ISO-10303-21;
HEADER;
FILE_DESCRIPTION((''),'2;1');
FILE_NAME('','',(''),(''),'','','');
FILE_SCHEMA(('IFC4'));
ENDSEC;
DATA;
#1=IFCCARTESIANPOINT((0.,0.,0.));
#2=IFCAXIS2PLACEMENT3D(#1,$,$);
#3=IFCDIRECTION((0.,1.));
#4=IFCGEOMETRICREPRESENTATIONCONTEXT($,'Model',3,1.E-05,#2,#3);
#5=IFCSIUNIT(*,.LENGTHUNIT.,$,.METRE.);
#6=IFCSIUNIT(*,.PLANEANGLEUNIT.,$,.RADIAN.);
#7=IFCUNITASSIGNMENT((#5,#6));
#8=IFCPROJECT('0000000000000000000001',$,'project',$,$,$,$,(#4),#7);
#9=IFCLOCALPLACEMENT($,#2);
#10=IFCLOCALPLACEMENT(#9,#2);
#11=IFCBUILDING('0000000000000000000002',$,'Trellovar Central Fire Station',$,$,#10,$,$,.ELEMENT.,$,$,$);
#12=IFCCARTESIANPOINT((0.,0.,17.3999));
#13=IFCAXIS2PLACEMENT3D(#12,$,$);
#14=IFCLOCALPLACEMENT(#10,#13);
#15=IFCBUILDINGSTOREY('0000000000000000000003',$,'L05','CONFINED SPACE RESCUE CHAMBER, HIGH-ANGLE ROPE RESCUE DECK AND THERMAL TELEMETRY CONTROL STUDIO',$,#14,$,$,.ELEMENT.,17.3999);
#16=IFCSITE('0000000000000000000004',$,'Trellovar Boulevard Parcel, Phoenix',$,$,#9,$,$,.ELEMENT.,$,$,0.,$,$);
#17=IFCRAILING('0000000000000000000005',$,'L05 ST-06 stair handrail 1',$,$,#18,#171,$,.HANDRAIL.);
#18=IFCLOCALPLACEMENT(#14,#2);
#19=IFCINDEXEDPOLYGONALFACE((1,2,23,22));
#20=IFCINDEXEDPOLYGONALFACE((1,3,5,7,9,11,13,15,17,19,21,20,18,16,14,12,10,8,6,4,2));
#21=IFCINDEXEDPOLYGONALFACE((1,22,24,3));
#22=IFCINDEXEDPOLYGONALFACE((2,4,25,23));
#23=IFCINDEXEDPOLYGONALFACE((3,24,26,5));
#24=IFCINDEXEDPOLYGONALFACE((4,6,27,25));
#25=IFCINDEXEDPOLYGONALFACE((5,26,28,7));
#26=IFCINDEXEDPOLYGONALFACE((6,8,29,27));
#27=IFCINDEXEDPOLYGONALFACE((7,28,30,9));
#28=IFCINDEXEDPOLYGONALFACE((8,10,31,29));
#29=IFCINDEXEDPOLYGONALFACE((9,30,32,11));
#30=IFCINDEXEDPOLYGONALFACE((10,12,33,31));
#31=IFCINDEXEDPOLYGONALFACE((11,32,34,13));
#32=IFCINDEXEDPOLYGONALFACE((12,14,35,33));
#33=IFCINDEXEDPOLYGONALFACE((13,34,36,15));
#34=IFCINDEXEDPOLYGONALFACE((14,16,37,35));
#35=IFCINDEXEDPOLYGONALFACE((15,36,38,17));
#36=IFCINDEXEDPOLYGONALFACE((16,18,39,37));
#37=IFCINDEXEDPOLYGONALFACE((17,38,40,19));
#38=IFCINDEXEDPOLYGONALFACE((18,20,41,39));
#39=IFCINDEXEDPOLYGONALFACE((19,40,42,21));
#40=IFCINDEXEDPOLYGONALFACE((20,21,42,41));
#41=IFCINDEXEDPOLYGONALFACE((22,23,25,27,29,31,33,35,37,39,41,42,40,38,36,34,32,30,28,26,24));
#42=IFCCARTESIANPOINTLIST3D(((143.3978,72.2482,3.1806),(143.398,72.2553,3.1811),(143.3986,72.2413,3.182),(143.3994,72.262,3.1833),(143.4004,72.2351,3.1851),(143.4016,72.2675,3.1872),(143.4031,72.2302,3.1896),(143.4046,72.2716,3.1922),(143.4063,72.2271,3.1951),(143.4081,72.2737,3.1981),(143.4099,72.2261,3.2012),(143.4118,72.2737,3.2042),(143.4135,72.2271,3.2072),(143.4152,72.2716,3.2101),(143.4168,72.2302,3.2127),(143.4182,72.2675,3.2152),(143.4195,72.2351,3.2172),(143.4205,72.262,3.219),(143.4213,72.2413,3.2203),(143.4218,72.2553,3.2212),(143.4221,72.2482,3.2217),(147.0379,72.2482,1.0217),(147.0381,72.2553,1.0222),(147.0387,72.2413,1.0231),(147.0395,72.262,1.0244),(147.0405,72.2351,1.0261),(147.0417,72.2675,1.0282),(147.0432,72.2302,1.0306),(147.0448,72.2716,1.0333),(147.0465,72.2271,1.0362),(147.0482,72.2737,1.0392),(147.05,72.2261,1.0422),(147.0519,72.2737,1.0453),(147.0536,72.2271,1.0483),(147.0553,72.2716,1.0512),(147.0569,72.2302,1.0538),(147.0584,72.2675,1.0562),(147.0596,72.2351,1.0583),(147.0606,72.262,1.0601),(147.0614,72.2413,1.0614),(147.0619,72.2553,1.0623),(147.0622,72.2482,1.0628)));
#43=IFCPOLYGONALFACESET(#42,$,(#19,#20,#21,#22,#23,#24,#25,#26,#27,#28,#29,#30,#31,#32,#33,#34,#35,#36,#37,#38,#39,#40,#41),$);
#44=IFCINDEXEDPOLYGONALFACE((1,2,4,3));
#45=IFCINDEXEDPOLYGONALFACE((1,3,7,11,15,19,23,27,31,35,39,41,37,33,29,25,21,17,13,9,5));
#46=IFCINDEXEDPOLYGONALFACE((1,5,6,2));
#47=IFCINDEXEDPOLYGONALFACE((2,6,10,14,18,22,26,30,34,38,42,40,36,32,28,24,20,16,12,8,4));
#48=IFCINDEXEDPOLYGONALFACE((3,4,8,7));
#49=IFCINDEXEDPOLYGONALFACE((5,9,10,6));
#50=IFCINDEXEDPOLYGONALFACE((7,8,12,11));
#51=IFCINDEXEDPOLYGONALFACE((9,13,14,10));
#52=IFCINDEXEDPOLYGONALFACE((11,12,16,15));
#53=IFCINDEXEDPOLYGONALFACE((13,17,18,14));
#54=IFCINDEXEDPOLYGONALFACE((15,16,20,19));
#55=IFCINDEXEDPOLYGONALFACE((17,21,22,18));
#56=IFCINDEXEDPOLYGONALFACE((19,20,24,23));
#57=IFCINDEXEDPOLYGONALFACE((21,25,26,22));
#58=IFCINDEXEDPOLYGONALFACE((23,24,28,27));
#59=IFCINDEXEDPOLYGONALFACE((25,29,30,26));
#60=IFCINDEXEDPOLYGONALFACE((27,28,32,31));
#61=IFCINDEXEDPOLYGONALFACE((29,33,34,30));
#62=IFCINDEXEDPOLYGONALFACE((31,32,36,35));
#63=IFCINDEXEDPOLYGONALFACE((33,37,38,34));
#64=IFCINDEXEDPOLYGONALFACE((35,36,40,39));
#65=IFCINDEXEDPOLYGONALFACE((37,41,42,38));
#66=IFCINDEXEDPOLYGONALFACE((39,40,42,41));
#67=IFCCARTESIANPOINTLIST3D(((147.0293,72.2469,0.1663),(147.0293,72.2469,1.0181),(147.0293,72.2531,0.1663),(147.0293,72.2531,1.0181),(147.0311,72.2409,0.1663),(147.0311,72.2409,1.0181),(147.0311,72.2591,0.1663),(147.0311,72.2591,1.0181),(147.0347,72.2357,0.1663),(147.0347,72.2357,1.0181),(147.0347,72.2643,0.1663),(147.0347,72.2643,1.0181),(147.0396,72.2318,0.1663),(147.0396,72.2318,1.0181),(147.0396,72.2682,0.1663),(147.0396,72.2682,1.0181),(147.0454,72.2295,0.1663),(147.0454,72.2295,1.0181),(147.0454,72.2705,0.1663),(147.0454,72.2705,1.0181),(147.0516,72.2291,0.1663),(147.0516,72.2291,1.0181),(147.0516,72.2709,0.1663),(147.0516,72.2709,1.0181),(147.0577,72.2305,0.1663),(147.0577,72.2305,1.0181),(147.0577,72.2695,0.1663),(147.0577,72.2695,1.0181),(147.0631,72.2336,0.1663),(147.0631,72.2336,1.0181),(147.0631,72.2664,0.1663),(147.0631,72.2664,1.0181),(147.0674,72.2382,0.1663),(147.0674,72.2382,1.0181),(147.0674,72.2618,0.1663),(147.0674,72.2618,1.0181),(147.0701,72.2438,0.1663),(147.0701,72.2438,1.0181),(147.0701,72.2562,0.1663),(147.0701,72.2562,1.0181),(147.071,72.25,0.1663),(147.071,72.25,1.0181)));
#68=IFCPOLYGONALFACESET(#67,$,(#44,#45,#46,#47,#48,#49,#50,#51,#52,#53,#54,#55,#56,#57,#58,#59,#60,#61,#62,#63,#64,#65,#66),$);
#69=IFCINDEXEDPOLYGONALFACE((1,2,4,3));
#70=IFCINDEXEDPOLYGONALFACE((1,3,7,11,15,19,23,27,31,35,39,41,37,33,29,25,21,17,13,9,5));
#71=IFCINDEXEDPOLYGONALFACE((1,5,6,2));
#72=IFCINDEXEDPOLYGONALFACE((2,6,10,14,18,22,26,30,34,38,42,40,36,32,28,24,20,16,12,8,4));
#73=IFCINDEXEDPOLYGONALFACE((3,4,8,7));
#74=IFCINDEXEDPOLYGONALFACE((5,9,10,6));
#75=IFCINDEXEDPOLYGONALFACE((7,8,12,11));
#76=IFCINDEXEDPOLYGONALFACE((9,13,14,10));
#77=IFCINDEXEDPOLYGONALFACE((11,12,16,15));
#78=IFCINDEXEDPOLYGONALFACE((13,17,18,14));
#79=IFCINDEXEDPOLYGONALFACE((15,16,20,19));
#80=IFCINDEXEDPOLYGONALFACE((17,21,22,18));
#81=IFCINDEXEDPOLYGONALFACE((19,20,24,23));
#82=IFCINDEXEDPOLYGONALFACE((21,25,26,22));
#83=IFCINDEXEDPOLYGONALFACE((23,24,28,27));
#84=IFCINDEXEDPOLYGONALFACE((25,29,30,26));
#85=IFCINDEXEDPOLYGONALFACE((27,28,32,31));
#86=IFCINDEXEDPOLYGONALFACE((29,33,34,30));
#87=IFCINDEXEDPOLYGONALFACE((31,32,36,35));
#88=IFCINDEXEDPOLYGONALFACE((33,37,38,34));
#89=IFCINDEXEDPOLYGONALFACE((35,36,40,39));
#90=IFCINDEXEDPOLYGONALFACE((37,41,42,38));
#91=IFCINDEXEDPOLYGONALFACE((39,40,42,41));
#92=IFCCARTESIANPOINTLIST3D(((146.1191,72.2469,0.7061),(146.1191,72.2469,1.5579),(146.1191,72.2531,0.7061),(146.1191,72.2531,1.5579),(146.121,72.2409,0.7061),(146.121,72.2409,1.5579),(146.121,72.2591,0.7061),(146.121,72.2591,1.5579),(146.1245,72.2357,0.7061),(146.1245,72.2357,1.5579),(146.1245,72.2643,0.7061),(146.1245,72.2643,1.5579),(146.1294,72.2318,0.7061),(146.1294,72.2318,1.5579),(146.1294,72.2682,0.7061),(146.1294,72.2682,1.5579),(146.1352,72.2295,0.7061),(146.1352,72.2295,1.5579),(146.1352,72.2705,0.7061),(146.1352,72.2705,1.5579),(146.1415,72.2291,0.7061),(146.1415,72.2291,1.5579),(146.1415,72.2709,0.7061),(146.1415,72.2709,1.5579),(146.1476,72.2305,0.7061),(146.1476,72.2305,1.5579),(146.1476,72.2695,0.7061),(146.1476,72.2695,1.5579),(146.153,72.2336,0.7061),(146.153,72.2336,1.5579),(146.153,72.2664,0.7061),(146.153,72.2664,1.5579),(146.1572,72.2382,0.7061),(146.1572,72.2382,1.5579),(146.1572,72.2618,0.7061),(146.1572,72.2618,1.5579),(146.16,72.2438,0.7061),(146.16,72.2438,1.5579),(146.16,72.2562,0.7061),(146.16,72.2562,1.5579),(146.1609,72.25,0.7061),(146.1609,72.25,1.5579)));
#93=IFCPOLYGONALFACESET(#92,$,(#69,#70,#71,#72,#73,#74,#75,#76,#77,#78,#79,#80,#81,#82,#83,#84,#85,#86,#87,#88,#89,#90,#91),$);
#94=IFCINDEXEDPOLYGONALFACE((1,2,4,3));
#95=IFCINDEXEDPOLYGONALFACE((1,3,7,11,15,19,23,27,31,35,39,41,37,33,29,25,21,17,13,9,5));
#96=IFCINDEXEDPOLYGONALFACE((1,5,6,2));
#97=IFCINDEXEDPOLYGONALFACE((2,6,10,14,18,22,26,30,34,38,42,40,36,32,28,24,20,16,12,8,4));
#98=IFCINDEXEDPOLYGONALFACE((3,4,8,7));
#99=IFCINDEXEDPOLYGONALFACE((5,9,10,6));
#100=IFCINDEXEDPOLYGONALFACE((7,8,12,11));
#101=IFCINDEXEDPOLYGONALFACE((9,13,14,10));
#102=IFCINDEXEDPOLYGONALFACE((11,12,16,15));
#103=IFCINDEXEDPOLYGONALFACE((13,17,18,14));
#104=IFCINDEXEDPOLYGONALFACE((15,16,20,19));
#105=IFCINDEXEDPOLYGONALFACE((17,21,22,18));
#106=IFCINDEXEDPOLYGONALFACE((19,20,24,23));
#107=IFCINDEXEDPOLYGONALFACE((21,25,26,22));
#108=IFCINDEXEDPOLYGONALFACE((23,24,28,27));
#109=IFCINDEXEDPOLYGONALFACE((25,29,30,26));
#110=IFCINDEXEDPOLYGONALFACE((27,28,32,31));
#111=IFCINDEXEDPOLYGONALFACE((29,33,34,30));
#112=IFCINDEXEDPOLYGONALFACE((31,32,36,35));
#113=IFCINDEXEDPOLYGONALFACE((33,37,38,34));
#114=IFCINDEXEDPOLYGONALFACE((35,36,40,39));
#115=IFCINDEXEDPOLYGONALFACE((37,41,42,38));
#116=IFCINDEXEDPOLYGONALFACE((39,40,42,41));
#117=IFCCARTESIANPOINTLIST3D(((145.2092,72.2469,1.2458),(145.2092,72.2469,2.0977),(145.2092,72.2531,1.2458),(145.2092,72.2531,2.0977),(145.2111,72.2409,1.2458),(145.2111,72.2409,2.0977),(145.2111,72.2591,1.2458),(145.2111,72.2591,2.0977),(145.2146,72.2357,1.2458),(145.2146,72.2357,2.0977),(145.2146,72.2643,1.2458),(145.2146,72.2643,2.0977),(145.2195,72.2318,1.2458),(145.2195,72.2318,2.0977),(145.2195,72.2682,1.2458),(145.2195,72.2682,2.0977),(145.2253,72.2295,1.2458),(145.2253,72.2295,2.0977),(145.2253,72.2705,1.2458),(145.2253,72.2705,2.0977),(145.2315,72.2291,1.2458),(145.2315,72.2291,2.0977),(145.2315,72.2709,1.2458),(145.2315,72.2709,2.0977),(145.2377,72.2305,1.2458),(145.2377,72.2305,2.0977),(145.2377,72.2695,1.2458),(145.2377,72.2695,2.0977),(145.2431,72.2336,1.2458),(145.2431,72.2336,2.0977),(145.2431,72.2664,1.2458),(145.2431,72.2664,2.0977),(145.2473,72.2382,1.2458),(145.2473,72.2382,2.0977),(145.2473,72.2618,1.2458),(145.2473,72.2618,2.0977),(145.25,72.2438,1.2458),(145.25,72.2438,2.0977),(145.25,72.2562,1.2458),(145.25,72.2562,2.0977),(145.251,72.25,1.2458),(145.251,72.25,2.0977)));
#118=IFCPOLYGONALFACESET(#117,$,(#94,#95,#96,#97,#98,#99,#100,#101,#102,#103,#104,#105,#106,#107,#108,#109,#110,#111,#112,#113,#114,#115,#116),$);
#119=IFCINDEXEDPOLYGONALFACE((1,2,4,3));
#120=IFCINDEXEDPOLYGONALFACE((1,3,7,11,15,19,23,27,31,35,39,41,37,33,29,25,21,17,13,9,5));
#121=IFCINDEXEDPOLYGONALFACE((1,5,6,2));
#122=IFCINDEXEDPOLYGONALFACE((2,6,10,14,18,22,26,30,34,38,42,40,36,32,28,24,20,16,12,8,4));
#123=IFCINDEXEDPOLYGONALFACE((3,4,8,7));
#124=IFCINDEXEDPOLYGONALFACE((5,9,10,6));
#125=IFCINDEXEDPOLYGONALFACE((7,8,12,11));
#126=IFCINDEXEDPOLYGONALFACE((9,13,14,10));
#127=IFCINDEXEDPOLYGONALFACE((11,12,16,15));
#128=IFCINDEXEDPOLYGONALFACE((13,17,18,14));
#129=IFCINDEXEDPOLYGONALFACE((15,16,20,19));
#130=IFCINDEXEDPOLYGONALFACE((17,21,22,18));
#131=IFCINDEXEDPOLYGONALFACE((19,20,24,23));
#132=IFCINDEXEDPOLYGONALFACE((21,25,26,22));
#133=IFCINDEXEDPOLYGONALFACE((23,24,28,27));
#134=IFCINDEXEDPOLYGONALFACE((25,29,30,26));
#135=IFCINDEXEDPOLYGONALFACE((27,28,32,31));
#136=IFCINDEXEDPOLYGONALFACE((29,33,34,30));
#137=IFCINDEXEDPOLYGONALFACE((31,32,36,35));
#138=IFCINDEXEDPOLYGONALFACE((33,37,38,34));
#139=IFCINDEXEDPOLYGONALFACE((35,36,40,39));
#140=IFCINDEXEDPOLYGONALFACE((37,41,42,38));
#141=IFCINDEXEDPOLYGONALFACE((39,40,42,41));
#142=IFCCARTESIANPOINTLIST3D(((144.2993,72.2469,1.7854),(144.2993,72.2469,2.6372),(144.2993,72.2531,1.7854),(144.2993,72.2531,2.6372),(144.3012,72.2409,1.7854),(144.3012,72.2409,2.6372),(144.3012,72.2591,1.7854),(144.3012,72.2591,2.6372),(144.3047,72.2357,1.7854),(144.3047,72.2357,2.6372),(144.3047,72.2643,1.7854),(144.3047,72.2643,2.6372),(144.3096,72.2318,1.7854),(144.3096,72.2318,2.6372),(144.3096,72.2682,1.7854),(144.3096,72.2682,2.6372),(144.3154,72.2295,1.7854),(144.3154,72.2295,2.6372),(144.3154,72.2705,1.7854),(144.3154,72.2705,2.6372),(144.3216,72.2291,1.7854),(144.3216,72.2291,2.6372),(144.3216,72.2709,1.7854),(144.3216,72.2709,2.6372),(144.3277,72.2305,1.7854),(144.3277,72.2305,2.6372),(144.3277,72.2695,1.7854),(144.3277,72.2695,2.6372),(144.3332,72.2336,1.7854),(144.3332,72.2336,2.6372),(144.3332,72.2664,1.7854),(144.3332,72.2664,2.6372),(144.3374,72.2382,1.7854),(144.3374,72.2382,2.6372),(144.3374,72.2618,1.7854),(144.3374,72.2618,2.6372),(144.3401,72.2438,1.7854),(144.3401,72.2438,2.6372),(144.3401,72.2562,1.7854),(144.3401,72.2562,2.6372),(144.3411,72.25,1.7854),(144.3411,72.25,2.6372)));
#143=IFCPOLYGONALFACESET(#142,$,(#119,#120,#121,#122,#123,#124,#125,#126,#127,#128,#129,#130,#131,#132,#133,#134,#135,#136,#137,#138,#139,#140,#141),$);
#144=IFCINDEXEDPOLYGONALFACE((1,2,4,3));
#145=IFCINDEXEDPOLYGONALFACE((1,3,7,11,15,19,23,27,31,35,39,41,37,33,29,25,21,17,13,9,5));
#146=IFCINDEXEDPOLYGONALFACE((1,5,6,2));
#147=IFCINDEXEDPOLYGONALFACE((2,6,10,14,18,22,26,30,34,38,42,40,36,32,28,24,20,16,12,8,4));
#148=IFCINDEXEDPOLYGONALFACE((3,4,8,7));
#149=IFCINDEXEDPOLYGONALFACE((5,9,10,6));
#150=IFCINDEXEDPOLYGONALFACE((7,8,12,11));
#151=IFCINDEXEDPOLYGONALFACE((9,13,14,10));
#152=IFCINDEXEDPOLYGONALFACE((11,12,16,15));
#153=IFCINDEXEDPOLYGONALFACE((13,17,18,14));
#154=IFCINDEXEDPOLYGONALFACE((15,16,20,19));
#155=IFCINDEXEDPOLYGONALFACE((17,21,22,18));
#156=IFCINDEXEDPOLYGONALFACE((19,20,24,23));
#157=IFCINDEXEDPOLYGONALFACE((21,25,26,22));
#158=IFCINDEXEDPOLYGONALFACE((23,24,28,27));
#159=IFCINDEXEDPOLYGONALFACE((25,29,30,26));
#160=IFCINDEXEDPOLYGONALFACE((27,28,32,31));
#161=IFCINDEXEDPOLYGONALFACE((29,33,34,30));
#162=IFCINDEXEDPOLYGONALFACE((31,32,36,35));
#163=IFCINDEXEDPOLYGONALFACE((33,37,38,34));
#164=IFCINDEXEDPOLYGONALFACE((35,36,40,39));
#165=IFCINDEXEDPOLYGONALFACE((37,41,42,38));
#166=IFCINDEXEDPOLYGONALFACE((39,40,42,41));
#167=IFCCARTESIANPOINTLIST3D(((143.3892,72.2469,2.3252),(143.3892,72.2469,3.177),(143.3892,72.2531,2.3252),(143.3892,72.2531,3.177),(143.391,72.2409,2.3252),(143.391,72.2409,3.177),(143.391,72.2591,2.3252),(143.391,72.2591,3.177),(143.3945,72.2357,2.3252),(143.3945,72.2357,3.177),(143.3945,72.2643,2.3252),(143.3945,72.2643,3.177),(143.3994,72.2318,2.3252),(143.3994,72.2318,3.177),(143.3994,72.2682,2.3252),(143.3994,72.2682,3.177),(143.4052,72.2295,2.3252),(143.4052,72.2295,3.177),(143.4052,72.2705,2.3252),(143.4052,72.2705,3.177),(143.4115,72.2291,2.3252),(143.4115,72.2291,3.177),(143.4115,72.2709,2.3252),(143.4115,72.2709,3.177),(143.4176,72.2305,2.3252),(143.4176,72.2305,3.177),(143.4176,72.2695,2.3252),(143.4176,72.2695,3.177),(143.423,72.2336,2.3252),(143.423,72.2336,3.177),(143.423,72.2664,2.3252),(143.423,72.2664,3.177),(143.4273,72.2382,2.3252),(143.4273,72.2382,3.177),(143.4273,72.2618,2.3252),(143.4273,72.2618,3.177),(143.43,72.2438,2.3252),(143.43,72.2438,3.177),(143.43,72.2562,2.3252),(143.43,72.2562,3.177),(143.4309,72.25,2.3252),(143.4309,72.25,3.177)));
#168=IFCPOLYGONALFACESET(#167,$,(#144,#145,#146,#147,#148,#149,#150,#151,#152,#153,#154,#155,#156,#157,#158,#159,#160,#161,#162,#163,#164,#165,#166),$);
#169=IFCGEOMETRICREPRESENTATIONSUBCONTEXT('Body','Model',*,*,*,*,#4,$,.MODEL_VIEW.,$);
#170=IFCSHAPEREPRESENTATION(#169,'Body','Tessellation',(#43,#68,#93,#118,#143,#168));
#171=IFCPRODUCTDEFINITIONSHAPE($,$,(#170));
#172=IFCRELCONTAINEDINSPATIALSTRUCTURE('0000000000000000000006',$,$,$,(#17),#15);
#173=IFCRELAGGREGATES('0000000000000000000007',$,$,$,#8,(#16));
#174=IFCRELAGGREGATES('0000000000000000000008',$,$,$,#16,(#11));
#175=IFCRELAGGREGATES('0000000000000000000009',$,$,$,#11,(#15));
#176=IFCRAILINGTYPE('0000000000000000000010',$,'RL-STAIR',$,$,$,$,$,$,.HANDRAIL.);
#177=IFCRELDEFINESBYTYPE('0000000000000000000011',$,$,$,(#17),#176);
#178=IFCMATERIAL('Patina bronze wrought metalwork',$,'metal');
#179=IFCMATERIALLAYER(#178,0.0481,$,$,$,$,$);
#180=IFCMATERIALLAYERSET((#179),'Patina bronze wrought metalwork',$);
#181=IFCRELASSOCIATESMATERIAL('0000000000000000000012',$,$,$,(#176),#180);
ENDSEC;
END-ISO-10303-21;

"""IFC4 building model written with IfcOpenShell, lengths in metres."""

from ifc_helpers import new_model, si_unit, direction, frame, origin, origin_2d, place, context, subcontext, project, spatial, circle, extrude, material, layer, layer_set, type_object, element, save


model = new_model("IFC4")

# Units and contexts
model_context = context("Model", 3, precision=1e-05, world=origin(), true_north=direction((0.0, 1.0)))
body_context = subcontext(model_context, "Body", "Model", "MODEL_VIEW")
ifc_project = project(units=[si_unit("LENGTHUNIT", "METRE"), si_unit("PLANEANGLEUNIT", "RADIAN")], contexts=[model_context])

# Site, building, storey
site_placement = place(None, origin())
site = spatial("IfcSite", under=ifc_project, at=site_placement, Name="Trellovar Boulevard Parcel, Phoenix", CompositionType="ELEMENT", RefElevation=0.0)
building_placement = place(site_placement, origin())
building = spatial("IfcBuilding", under=site, at=building_placement, Name="Trellovar Central Fire Station", CompositionType="ELEMENT")
storey_placement = place(building_placement, frame((0.0, 0.0, 17.3999)))
storey = spatial("IfcBuildingStorey", under=building, at=storey_placement, Name="L05", Description="CONFINED SPACE RESCUE CHAMBER, HIGH-ANGLE ROPE RESCUE DECK AND THERMAL TELEMETRY CONTROL STUDIO", CompositionType="ELEMENT", Elevation=17.3999)

# Railing
ifc_material_1 = material(Name="Patina bronze wrought metalwork", Category="metal")
ifc_layer_1 = layer(ifc_material_1, 0.0481)
ifc_layer_set_1 = layer_set([ifc_layer_1], Name="Patina bronze wrought metalwork")
railing_type_1 = type_object("IfcRailingType", Name="RL-STAIR", PredefinedType="HANDRAIL", material=ifc_layer_set_1)
railing_1_placement = place(storey_placement, frame((147.05, 72.25, 0.1663)))
element("IfcRailing", 1, at=railing_1_placement, inside=storey, type_object=railing_type_1, Name="L05 ST-06 stair handrail 1", PredefinedType="HANDRAIL", context=body_context, shape_type="SweptSolid", body=[
    extrude(circle(Radius=0.0239, at=origin_2d()), frame((0.0, 0.0, 0.876), z_axis=(-0.860103, 0.0, 0.51012), x_axis=(0.0, -1.0, 0.0)), (0.0, 0.0, 1.0), 4.2322),
    extrude(circle(Radius=0.021, at=origin_2d()), origin(), (0.0, 0.0, 1.0), 0.8518),
    extrude(circle(Radius=0.021, at=origin_2d()), frame((-0.9102, 0.0, 0.5398)), (0.0, 0.0, 1.0), 0.8518),
    extrude(circle(Radius=0.021, at=origin_2d()), frame((-1.8201, 0.0, 1.0796)), (0.0, 0.0, 1.0), 0.8518),
    extrude(circle(Radius=0.021, at=origin_2d()), frame((-2.73, 0.0, 1.6191)), (0.0, 0.0, 1.0), 0.8518),
    extrude(circle(Radius=0.021, at=origin_2d()), frame((-3.6401, 0.0, 2.1589)), (0.0, 0.0, 1.0), 0.8518),
])

save(model, "model.ifc")
